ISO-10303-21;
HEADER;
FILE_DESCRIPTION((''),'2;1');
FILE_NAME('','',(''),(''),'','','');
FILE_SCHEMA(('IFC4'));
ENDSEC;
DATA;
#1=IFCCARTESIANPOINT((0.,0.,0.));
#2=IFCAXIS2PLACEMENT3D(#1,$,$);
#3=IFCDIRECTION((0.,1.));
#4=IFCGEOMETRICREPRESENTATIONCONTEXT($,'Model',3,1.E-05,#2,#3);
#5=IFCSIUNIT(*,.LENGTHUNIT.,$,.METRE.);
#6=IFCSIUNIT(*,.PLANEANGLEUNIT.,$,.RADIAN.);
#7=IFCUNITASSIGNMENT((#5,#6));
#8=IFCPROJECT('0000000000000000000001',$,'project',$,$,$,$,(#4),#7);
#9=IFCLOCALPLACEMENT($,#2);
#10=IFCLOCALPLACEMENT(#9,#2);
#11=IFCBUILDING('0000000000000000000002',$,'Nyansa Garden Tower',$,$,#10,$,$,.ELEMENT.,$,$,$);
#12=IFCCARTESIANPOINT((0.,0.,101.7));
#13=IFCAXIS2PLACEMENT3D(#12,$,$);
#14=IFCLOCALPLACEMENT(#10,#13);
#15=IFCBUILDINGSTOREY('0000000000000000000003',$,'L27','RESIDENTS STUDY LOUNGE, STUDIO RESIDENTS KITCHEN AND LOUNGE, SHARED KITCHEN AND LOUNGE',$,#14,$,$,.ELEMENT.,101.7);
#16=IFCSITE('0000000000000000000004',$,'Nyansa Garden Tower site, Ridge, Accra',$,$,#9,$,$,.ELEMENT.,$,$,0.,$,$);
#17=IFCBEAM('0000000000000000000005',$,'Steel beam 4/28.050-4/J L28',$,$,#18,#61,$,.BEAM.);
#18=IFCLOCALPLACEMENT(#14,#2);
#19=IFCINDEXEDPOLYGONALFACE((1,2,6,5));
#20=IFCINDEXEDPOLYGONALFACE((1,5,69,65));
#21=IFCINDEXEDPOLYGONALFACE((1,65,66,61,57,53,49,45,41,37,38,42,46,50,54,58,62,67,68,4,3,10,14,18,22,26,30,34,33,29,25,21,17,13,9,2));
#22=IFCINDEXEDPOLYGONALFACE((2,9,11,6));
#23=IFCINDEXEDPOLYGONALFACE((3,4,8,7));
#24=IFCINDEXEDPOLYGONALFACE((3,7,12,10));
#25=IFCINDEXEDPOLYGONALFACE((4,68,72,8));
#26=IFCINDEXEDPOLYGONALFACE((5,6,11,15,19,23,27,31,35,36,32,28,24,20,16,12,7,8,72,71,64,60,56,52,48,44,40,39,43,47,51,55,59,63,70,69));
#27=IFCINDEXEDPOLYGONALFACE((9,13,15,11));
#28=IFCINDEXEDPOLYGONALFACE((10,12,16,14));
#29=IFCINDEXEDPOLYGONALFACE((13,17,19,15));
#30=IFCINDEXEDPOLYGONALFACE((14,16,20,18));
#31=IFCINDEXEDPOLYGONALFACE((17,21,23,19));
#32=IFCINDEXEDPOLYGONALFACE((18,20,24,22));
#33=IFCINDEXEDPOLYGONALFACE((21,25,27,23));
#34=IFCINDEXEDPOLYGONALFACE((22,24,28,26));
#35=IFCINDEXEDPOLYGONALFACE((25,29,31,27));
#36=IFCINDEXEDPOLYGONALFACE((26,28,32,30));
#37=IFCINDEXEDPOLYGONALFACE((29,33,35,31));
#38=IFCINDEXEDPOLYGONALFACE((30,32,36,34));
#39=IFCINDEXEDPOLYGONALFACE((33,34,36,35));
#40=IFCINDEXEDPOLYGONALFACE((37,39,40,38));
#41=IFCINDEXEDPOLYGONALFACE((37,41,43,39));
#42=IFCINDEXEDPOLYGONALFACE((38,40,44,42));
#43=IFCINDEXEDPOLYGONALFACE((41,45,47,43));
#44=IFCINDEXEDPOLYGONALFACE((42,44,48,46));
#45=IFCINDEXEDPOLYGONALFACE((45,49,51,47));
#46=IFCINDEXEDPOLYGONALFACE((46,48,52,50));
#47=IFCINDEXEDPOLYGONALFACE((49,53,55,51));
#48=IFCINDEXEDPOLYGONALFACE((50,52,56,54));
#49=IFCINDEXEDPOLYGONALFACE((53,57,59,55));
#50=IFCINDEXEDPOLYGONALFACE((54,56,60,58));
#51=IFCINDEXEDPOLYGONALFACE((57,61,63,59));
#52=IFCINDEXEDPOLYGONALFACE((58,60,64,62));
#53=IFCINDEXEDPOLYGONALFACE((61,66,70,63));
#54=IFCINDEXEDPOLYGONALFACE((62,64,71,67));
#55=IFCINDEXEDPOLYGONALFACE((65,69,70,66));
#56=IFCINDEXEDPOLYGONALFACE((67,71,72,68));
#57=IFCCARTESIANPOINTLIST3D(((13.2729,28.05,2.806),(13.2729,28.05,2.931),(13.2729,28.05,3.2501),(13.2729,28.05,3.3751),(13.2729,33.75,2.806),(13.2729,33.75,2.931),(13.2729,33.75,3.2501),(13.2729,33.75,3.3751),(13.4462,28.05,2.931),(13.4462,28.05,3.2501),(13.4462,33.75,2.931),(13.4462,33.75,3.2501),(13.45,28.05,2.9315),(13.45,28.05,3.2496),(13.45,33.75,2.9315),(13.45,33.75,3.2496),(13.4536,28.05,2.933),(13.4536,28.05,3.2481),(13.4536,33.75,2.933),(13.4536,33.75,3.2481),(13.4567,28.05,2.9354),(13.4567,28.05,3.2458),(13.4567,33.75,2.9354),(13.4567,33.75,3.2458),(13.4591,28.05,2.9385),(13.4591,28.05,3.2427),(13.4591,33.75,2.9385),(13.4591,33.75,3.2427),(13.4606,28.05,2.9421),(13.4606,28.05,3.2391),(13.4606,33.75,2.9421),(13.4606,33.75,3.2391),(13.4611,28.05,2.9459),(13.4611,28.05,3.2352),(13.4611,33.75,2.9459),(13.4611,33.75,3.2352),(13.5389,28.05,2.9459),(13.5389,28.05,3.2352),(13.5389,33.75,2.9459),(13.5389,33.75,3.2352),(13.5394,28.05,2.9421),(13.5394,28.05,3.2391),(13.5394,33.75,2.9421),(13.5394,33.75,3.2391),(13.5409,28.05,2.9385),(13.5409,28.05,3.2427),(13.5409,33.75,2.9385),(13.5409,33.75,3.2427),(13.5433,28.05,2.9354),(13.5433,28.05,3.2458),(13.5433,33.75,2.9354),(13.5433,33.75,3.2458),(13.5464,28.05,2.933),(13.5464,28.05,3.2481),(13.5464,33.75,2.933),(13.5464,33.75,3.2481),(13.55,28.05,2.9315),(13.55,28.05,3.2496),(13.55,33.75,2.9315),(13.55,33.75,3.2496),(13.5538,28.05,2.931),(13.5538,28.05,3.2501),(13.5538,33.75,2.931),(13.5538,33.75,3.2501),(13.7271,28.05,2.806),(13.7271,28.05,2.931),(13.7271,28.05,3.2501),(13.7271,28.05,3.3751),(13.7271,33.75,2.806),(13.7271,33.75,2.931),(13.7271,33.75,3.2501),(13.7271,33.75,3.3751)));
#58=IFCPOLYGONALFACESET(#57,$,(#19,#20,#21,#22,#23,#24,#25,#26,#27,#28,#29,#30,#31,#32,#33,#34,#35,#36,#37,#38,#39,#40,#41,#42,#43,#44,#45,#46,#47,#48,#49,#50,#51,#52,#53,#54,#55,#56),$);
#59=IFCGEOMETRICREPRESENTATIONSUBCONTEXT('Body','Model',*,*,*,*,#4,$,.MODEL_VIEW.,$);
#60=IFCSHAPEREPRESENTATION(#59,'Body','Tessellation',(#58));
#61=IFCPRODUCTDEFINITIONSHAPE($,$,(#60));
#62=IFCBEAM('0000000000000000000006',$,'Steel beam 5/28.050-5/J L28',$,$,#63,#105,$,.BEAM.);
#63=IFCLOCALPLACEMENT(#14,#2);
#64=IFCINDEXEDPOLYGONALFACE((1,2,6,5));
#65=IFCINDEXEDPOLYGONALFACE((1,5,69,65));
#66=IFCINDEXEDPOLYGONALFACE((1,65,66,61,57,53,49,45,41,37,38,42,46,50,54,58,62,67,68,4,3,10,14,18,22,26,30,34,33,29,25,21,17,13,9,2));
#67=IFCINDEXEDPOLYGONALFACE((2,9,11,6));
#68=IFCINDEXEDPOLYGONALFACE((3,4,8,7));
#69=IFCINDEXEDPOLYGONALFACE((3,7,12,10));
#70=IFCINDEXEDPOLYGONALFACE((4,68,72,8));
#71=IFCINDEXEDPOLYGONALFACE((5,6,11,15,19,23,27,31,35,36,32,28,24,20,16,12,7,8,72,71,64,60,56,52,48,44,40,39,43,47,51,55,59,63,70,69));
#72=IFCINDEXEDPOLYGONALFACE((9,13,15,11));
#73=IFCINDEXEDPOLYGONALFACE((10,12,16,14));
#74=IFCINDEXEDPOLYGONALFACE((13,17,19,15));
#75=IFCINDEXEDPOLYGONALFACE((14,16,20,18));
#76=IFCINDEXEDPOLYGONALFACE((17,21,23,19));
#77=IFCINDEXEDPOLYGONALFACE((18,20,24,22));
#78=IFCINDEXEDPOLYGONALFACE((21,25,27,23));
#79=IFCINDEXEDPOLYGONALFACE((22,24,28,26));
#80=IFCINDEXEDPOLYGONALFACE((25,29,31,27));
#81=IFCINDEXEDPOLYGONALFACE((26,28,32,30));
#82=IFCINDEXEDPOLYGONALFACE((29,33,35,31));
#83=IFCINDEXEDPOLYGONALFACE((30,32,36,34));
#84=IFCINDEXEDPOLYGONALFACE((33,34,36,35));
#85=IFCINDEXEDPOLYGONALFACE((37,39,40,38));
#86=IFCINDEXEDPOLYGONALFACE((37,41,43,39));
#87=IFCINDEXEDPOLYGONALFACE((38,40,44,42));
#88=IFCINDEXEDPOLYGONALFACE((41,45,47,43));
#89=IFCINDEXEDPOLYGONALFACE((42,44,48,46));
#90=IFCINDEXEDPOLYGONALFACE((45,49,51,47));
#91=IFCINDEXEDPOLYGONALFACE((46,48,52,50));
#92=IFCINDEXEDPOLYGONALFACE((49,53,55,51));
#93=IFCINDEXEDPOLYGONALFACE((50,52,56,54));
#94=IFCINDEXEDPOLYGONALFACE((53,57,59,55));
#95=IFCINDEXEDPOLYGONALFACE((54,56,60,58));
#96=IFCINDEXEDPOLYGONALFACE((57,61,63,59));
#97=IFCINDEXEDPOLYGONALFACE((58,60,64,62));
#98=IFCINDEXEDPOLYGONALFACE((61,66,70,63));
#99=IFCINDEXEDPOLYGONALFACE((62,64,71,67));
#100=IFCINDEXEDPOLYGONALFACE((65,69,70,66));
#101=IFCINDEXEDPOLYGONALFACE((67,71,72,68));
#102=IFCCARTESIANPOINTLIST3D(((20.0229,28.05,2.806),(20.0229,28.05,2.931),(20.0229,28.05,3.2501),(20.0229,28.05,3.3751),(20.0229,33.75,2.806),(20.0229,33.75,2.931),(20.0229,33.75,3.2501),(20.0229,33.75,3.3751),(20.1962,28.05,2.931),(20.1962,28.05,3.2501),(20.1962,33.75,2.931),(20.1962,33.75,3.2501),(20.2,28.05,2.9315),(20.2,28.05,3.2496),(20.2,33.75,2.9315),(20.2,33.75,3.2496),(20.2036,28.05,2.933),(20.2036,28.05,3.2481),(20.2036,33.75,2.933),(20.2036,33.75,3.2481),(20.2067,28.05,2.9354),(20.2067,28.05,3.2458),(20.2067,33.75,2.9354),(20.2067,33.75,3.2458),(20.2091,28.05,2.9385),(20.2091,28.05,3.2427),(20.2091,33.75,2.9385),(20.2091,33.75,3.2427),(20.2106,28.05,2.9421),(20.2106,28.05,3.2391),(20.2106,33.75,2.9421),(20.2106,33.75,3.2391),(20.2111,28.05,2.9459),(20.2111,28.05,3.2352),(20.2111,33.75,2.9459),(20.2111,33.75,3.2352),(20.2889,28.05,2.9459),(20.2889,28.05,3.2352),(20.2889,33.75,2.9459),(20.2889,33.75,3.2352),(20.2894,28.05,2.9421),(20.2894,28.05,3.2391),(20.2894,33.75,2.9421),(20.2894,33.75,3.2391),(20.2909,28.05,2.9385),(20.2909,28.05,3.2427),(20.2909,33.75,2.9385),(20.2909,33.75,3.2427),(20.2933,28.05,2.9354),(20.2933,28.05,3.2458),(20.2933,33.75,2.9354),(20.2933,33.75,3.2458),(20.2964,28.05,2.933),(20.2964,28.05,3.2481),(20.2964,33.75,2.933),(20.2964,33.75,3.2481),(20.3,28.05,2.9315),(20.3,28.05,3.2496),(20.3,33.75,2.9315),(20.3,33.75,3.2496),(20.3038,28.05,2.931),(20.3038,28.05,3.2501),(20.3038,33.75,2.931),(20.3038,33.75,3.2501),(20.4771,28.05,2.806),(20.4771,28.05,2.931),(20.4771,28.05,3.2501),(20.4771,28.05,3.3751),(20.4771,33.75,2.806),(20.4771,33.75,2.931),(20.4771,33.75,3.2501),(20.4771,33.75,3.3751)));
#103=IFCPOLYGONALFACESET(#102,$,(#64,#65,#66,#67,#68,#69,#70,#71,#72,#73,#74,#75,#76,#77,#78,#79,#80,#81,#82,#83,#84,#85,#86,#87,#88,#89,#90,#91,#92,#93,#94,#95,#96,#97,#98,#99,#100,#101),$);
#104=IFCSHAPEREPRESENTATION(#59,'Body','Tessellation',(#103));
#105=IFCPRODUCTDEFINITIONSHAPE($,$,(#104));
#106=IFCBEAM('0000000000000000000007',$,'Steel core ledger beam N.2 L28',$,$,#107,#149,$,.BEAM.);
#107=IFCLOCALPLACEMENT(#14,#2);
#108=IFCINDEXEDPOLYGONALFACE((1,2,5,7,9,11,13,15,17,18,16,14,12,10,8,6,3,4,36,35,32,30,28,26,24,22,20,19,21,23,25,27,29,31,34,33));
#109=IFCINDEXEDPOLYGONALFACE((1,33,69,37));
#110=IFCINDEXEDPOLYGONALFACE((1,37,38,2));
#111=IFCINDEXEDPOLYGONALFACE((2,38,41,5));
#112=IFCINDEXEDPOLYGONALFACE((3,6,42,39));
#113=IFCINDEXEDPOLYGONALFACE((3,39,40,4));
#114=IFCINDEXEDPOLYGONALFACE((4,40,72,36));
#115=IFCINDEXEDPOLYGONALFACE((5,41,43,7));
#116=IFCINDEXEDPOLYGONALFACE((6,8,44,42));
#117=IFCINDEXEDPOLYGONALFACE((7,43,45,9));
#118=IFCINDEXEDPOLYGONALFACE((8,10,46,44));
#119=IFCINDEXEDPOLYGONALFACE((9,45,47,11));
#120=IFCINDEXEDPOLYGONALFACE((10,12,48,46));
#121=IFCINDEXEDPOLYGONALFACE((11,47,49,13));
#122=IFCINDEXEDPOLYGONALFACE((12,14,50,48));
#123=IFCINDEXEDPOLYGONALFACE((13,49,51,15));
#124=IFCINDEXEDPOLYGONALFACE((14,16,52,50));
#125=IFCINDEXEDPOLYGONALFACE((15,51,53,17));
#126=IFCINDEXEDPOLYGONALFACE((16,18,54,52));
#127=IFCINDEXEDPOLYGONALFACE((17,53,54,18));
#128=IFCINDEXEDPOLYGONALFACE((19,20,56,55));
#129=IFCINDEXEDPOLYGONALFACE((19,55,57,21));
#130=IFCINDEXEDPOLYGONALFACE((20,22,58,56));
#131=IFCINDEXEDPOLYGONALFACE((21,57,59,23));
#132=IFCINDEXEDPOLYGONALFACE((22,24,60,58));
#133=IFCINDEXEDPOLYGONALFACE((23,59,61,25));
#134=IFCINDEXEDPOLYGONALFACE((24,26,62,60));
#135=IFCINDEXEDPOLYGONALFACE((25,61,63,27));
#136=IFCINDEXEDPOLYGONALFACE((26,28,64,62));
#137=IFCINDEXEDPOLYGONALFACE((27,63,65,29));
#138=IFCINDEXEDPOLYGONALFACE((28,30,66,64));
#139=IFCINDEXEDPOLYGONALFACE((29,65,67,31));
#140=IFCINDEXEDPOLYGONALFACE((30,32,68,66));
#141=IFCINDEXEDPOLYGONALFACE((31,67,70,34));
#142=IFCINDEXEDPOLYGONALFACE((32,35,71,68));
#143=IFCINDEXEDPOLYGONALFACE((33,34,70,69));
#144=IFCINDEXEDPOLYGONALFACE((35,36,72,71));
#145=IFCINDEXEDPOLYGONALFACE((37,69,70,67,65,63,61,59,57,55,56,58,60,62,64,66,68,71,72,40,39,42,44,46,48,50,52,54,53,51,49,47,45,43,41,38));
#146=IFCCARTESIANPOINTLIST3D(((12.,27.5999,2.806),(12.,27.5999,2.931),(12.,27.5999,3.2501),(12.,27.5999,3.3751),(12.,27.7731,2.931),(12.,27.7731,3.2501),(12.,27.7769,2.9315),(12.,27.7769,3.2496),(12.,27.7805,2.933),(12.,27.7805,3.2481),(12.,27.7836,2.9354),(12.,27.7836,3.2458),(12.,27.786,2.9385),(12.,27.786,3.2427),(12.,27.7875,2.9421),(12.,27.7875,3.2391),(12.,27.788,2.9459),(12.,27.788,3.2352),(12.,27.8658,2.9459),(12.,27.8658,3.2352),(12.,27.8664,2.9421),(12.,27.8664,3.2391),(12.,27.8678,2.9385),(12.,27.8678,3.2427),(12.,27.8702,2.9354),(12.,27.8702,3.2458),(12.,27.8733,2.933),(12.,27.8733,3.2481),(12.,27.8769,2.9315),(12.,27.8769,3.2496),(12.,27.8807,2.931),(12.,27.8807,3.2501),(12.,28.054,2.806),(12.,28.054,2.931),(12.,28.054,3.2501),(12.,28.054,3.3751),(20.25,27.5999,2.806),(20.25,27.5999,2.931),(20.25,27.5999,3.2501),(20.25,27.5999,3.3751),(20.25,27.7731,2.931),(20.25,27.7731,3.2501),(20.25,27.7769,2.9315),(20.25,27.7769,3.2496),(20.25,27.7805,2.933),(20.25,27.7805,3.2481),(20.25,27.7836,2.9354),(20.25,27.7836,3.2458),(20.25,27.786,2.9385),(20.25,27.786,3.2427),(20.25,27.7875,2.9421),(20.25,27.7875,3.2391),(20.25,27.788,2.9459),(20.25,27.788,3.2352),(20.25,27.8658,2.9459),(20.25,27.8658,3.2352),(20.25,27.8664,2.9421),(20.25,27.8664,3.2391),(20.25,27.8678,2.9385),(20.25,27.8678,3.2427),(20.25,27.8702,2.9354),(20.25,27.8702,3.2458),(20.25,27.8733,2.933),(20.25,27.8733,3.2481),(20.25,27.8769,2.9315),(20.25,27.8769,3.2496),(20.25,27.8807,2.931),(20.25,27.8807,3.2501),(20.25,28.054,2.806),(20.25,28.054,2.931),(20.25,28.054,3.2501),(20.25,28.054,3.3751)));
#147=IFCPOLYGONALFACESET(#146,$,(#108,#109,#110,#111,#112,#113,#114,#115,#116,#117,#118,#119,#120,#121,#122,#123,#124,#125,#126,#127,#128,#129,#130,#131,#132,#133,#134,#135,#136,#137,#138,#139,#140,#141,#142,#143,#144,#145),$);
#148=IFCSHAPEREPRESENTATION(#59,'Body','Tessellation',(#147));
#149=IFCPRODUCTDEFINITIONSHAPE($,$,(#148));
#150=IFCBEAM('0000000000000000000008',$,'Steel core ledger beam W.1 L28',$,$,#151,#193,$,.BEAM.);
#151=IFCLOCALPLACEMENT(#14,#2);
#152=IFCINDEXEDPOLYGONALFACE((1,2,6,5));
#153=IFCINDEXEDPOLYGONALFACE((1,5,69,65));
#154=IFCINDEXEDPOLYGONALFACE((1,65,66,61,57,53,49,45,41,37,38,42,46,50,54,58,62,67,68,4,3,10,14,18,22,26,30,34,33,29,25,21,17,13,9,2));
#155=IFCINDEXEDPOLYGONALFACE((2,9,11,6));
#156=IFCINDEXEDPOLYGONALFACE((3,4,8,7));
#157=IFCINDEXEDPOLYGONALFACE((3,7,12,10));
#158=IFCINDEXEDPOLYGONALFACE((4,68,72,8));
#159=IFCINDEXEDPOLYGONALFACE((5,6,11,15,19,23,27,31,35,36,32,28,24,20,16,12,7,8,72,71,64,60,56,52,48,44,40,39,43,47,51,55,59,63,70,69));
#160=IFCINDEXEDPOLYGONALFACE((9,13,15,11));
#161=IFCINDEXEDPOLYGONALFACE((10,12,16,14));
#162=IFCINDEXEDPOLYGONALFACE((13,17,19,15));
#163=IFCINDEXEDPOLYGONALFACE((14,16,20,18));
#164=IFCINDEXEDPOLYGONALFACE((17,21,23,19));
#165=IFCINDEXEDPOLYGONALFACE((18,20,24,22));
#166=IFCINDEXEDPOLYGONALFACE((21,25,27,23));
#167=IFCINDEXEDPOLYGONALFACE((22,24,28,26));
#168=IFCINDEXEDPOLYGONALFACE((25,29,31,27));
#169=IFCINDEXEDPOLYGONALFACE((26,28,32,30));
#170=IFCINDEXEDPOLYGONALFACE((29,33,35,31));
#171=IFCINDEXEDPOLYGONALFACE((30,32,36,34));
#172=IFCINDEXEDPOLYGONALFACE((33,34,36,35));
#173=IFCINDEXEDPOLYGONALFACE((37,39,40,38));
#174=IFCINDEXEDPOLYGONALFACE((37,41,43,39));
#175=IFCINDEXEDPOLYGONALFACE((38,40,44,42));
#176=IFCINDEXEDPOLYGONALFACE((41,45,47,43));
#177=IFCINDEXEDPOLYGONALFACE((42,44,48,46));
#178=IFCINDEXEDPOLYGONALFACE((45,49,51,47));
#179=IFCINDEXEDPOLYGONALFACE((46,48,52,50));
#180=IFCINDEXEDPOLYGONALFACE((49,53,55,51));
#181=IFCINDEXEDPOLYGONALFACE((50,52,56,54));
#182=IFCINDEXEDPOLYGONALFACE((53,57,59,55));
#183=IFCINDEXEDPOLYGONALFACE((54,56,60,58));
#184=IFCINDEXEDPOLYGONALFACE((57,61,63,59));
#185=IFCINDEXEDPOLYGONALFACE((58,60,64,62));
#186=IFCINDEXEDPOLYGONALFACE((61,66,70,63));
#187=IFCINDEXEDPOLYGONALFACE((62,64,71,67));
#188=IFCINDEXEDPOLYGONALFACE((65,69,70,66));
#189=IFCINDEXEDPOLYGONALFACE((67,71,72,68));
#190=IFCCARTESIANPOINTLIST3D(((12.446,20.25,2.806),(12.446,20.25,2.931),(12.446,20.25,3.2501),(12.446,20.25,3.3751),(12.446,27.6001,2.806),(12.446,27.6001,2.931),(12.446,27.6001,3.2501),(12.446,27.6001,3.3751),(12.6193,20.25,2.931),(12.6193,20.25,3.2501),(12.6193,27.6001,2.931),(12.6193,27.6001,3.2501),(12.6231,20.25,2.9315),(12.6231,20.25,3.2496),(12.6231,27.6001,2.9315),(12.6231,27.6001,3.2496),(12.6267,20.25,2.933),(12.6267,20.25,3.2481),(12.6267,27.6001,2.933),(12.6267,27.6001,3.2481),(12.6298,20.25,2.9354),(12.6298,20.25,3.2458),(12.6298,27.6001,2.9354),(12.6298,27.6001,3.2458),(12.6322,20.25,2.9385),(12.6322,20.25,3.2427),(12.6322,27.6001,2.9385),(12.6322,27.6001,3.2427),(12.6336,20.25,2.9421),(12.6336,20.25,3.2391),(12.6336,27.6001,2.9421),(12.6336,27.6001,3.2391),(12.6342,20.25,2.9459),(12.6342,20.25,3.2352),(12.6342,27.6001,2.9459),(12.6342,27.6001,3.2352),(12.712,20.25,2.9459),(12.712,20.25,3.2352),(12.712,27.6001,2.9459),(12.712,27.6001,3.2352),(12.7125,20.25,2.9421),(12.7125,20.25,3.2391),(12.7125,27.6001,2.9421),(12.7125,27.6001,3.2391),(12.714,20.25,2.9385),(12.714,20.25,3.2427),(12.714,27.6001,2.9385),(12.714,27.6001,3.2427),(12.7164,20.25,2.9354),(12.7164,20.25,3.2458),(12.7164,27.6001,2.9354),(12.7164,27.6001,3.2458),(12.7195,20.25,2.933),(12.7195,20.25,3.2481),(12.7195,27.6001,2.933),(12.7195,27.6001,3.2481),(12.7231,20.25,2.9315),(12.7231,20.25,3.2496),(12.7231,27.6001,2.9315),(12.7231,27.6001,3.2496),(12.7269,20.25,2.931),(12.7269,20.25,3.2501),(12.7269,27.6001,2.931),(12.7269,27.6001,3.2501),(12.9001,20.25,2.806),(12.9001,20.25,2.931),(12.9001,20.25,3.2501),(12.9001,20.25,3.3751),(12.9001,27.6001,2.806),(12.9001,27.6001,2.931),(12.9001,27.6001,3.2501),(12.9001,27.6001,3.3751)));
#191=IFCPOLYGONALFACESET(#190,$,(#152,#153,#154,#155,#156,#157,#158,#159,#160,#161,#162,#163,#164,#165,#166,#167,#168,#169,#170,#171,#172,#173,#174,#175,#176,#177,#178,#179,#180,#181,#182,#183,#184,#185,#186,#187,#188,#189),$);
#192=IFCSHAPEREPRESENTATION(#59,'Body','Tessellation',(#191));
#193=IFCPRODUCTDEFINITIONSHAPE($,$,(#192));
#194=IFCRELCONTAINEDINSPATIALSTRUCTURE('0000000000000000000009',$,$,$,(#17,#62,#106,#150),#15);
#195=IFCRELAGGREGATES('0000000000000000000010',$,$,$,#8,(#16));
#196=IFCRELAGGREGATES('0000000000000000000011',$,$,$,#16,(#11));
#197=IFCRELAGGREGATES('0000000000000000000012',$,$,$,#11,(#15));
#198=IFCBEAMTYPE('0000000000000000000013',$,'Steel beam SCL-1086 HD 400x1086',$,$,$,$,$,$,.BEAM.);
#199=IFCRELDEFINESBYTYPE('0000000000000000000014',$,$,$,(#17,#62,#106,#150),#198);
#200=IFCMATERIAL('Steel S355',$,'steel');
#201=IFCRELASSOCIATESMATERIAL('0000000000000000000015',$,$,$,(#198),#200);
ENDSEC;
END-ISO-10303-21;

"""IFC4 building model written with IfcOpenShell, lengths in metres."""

from ifc_helpers import new_model, si_unit, direction, frame, origin, origin_2d, place, context, subcontext, project, spatial, i_section, extrude, material, material_profile, profile_set, type_object, element, save


model = new_model("IFC4")

# Units and contexts
model_context = context("Model", 3, precision=1e-05, world=origin(), true_north=direction((0.0, 1.0)))
body_context = subcontext(model_context, "Body", "Model", "MODEL_VIEW")
ifc_project = project(units=[si_unit("LENGTHUNIT", "METRE"), si_unit("PLANEANGLEUNIT", "RADIAN")], contexts=[model_context])

# Site, building, storey
site_placement = place(None, origin())
site = spatial("IfcSite", under=ifc_project, at=site_placement, Name="Nyansa Garden Tower site, Ridge, Accra", CompositionType="ELEMENT", RefElevation=0.0)
building_placement = place(site_placement, origin())
building = spatial("IfcBuilding", under=site, at=building_placement, Name="Nyansa Garden Tower", CompositionType="ELEMENT")
storey_placement = place(building_placement, frame((0.0, 0.0, 101.7)))
storey = spatial("IfcBuildingStorey", under=building, at=storey_placement, Name="L27", Description="RESIDENTS STUDY LOUNGE, STUDIO RESIDENTS KITCHEN AND LOUNGE, SHARED KITCHEN AND LOUNGE", CompositionType="ELEMENT", Elevation=101.7)

# Beams
ifc_material_1 = material(Name="Steel S355", Category="steel")
ifc_material_profile_1 = material_profile(ifc_material_1, i_section(OverallWidth=0.4541, OverallDepth=0.5691, WebThickness=0.0779, FlangeThickness=0.125, FilletRadius=0.0149, at=origin_2d()), Name="HD 400x1086")
ifc_profile_set_1 = profile_set([ifc_material_profile_1], Name="Steel S355")
beam_type_1 = type_object("IfcBeamType", Name="Steel beam SCL-1086 HD 400x1086", PredefinedType="BEAM", material=ifc_profile_set_1)
for number, where, z_axis, x_axis, name in (
    (1, (13.5, 28.05, 3.0906), (0.0, 1.0, 0.0), (-1.0, 0.0, 0.0), "Steel beam 4/28.050-4/J L28"),
    (2, (20.25, 28.05, 3.0906), (0.0, 1.0, 0.0), (-1.0, 0.0, 0.0), "Steel beam 5/28.050-5/J L28"),
):
    element("IfcBeam", number, at=place(storey_placement, frame(where, z_axis=z_axis, x_axis=x_axis)), inside=storey, type_object=beam_type_1, Name=name, PredefinedType="BEAM", context=body_context, shape_type="SweptSolid", body=[
        extrude(i_section(OverallWidth=0.4541, OverallDepth=0.5691, WebThickness=0.0779, FlangeThickness=0.125, FilletRadius=0.0149, at=origin_2d()), origin(), (0.0, 0.0, 1.0), 5.7),
    ])
beam_1_placement = place(storey_placement, frame((20.25, 27.8269, 3.0906), z_axis=(-1.0, 0.0, 0.0), x_axis=(0.0, -1.0, 0.0)))
element("IfcBeam", 3, at=beam_1_placement, inside=storey, type_object=beam_type_1, Name="Steel core ledger beam N.2 L28", PredefinedType="BEAM", context=body_context, shape_type="SweptSolid", body=[
    extrude(i_section(OverallWidth=0.4541, OverallDepth=0.5691, WebThickness=0.0779, FlangeThickness=0.125, FilletRadius=0.0149, at=origin_2d()), origin(), (0.0, 0.0, 1.0), 8.25),
])
beam_2_placement = place(storey_placement, frame((12.6731, 27.6001, 3.0906), z_axis=(0.0, -1.0, 0.0), x_axis=(1.0, 0.0, 0.0)))
element("IfcBeam", 4, at=beam_2_placement, inside=storey, type_object=beam_type_1, Name="Steel core ledger beam W.1 L28", PredefinedType="BEAM", context=body_context, shape_type="SweptSolid", body=[
    extrude(i_section(OverallWidth=0.4541, OverallDepth=0.5691, WebThickness=0.0779, FlangeThickness=0.125, FilletRadius=0.0149, at=origin_2d()), origin(), (0.0, 0.0, 1.0), 7.3501),
])

save(model, "model.ifc")
